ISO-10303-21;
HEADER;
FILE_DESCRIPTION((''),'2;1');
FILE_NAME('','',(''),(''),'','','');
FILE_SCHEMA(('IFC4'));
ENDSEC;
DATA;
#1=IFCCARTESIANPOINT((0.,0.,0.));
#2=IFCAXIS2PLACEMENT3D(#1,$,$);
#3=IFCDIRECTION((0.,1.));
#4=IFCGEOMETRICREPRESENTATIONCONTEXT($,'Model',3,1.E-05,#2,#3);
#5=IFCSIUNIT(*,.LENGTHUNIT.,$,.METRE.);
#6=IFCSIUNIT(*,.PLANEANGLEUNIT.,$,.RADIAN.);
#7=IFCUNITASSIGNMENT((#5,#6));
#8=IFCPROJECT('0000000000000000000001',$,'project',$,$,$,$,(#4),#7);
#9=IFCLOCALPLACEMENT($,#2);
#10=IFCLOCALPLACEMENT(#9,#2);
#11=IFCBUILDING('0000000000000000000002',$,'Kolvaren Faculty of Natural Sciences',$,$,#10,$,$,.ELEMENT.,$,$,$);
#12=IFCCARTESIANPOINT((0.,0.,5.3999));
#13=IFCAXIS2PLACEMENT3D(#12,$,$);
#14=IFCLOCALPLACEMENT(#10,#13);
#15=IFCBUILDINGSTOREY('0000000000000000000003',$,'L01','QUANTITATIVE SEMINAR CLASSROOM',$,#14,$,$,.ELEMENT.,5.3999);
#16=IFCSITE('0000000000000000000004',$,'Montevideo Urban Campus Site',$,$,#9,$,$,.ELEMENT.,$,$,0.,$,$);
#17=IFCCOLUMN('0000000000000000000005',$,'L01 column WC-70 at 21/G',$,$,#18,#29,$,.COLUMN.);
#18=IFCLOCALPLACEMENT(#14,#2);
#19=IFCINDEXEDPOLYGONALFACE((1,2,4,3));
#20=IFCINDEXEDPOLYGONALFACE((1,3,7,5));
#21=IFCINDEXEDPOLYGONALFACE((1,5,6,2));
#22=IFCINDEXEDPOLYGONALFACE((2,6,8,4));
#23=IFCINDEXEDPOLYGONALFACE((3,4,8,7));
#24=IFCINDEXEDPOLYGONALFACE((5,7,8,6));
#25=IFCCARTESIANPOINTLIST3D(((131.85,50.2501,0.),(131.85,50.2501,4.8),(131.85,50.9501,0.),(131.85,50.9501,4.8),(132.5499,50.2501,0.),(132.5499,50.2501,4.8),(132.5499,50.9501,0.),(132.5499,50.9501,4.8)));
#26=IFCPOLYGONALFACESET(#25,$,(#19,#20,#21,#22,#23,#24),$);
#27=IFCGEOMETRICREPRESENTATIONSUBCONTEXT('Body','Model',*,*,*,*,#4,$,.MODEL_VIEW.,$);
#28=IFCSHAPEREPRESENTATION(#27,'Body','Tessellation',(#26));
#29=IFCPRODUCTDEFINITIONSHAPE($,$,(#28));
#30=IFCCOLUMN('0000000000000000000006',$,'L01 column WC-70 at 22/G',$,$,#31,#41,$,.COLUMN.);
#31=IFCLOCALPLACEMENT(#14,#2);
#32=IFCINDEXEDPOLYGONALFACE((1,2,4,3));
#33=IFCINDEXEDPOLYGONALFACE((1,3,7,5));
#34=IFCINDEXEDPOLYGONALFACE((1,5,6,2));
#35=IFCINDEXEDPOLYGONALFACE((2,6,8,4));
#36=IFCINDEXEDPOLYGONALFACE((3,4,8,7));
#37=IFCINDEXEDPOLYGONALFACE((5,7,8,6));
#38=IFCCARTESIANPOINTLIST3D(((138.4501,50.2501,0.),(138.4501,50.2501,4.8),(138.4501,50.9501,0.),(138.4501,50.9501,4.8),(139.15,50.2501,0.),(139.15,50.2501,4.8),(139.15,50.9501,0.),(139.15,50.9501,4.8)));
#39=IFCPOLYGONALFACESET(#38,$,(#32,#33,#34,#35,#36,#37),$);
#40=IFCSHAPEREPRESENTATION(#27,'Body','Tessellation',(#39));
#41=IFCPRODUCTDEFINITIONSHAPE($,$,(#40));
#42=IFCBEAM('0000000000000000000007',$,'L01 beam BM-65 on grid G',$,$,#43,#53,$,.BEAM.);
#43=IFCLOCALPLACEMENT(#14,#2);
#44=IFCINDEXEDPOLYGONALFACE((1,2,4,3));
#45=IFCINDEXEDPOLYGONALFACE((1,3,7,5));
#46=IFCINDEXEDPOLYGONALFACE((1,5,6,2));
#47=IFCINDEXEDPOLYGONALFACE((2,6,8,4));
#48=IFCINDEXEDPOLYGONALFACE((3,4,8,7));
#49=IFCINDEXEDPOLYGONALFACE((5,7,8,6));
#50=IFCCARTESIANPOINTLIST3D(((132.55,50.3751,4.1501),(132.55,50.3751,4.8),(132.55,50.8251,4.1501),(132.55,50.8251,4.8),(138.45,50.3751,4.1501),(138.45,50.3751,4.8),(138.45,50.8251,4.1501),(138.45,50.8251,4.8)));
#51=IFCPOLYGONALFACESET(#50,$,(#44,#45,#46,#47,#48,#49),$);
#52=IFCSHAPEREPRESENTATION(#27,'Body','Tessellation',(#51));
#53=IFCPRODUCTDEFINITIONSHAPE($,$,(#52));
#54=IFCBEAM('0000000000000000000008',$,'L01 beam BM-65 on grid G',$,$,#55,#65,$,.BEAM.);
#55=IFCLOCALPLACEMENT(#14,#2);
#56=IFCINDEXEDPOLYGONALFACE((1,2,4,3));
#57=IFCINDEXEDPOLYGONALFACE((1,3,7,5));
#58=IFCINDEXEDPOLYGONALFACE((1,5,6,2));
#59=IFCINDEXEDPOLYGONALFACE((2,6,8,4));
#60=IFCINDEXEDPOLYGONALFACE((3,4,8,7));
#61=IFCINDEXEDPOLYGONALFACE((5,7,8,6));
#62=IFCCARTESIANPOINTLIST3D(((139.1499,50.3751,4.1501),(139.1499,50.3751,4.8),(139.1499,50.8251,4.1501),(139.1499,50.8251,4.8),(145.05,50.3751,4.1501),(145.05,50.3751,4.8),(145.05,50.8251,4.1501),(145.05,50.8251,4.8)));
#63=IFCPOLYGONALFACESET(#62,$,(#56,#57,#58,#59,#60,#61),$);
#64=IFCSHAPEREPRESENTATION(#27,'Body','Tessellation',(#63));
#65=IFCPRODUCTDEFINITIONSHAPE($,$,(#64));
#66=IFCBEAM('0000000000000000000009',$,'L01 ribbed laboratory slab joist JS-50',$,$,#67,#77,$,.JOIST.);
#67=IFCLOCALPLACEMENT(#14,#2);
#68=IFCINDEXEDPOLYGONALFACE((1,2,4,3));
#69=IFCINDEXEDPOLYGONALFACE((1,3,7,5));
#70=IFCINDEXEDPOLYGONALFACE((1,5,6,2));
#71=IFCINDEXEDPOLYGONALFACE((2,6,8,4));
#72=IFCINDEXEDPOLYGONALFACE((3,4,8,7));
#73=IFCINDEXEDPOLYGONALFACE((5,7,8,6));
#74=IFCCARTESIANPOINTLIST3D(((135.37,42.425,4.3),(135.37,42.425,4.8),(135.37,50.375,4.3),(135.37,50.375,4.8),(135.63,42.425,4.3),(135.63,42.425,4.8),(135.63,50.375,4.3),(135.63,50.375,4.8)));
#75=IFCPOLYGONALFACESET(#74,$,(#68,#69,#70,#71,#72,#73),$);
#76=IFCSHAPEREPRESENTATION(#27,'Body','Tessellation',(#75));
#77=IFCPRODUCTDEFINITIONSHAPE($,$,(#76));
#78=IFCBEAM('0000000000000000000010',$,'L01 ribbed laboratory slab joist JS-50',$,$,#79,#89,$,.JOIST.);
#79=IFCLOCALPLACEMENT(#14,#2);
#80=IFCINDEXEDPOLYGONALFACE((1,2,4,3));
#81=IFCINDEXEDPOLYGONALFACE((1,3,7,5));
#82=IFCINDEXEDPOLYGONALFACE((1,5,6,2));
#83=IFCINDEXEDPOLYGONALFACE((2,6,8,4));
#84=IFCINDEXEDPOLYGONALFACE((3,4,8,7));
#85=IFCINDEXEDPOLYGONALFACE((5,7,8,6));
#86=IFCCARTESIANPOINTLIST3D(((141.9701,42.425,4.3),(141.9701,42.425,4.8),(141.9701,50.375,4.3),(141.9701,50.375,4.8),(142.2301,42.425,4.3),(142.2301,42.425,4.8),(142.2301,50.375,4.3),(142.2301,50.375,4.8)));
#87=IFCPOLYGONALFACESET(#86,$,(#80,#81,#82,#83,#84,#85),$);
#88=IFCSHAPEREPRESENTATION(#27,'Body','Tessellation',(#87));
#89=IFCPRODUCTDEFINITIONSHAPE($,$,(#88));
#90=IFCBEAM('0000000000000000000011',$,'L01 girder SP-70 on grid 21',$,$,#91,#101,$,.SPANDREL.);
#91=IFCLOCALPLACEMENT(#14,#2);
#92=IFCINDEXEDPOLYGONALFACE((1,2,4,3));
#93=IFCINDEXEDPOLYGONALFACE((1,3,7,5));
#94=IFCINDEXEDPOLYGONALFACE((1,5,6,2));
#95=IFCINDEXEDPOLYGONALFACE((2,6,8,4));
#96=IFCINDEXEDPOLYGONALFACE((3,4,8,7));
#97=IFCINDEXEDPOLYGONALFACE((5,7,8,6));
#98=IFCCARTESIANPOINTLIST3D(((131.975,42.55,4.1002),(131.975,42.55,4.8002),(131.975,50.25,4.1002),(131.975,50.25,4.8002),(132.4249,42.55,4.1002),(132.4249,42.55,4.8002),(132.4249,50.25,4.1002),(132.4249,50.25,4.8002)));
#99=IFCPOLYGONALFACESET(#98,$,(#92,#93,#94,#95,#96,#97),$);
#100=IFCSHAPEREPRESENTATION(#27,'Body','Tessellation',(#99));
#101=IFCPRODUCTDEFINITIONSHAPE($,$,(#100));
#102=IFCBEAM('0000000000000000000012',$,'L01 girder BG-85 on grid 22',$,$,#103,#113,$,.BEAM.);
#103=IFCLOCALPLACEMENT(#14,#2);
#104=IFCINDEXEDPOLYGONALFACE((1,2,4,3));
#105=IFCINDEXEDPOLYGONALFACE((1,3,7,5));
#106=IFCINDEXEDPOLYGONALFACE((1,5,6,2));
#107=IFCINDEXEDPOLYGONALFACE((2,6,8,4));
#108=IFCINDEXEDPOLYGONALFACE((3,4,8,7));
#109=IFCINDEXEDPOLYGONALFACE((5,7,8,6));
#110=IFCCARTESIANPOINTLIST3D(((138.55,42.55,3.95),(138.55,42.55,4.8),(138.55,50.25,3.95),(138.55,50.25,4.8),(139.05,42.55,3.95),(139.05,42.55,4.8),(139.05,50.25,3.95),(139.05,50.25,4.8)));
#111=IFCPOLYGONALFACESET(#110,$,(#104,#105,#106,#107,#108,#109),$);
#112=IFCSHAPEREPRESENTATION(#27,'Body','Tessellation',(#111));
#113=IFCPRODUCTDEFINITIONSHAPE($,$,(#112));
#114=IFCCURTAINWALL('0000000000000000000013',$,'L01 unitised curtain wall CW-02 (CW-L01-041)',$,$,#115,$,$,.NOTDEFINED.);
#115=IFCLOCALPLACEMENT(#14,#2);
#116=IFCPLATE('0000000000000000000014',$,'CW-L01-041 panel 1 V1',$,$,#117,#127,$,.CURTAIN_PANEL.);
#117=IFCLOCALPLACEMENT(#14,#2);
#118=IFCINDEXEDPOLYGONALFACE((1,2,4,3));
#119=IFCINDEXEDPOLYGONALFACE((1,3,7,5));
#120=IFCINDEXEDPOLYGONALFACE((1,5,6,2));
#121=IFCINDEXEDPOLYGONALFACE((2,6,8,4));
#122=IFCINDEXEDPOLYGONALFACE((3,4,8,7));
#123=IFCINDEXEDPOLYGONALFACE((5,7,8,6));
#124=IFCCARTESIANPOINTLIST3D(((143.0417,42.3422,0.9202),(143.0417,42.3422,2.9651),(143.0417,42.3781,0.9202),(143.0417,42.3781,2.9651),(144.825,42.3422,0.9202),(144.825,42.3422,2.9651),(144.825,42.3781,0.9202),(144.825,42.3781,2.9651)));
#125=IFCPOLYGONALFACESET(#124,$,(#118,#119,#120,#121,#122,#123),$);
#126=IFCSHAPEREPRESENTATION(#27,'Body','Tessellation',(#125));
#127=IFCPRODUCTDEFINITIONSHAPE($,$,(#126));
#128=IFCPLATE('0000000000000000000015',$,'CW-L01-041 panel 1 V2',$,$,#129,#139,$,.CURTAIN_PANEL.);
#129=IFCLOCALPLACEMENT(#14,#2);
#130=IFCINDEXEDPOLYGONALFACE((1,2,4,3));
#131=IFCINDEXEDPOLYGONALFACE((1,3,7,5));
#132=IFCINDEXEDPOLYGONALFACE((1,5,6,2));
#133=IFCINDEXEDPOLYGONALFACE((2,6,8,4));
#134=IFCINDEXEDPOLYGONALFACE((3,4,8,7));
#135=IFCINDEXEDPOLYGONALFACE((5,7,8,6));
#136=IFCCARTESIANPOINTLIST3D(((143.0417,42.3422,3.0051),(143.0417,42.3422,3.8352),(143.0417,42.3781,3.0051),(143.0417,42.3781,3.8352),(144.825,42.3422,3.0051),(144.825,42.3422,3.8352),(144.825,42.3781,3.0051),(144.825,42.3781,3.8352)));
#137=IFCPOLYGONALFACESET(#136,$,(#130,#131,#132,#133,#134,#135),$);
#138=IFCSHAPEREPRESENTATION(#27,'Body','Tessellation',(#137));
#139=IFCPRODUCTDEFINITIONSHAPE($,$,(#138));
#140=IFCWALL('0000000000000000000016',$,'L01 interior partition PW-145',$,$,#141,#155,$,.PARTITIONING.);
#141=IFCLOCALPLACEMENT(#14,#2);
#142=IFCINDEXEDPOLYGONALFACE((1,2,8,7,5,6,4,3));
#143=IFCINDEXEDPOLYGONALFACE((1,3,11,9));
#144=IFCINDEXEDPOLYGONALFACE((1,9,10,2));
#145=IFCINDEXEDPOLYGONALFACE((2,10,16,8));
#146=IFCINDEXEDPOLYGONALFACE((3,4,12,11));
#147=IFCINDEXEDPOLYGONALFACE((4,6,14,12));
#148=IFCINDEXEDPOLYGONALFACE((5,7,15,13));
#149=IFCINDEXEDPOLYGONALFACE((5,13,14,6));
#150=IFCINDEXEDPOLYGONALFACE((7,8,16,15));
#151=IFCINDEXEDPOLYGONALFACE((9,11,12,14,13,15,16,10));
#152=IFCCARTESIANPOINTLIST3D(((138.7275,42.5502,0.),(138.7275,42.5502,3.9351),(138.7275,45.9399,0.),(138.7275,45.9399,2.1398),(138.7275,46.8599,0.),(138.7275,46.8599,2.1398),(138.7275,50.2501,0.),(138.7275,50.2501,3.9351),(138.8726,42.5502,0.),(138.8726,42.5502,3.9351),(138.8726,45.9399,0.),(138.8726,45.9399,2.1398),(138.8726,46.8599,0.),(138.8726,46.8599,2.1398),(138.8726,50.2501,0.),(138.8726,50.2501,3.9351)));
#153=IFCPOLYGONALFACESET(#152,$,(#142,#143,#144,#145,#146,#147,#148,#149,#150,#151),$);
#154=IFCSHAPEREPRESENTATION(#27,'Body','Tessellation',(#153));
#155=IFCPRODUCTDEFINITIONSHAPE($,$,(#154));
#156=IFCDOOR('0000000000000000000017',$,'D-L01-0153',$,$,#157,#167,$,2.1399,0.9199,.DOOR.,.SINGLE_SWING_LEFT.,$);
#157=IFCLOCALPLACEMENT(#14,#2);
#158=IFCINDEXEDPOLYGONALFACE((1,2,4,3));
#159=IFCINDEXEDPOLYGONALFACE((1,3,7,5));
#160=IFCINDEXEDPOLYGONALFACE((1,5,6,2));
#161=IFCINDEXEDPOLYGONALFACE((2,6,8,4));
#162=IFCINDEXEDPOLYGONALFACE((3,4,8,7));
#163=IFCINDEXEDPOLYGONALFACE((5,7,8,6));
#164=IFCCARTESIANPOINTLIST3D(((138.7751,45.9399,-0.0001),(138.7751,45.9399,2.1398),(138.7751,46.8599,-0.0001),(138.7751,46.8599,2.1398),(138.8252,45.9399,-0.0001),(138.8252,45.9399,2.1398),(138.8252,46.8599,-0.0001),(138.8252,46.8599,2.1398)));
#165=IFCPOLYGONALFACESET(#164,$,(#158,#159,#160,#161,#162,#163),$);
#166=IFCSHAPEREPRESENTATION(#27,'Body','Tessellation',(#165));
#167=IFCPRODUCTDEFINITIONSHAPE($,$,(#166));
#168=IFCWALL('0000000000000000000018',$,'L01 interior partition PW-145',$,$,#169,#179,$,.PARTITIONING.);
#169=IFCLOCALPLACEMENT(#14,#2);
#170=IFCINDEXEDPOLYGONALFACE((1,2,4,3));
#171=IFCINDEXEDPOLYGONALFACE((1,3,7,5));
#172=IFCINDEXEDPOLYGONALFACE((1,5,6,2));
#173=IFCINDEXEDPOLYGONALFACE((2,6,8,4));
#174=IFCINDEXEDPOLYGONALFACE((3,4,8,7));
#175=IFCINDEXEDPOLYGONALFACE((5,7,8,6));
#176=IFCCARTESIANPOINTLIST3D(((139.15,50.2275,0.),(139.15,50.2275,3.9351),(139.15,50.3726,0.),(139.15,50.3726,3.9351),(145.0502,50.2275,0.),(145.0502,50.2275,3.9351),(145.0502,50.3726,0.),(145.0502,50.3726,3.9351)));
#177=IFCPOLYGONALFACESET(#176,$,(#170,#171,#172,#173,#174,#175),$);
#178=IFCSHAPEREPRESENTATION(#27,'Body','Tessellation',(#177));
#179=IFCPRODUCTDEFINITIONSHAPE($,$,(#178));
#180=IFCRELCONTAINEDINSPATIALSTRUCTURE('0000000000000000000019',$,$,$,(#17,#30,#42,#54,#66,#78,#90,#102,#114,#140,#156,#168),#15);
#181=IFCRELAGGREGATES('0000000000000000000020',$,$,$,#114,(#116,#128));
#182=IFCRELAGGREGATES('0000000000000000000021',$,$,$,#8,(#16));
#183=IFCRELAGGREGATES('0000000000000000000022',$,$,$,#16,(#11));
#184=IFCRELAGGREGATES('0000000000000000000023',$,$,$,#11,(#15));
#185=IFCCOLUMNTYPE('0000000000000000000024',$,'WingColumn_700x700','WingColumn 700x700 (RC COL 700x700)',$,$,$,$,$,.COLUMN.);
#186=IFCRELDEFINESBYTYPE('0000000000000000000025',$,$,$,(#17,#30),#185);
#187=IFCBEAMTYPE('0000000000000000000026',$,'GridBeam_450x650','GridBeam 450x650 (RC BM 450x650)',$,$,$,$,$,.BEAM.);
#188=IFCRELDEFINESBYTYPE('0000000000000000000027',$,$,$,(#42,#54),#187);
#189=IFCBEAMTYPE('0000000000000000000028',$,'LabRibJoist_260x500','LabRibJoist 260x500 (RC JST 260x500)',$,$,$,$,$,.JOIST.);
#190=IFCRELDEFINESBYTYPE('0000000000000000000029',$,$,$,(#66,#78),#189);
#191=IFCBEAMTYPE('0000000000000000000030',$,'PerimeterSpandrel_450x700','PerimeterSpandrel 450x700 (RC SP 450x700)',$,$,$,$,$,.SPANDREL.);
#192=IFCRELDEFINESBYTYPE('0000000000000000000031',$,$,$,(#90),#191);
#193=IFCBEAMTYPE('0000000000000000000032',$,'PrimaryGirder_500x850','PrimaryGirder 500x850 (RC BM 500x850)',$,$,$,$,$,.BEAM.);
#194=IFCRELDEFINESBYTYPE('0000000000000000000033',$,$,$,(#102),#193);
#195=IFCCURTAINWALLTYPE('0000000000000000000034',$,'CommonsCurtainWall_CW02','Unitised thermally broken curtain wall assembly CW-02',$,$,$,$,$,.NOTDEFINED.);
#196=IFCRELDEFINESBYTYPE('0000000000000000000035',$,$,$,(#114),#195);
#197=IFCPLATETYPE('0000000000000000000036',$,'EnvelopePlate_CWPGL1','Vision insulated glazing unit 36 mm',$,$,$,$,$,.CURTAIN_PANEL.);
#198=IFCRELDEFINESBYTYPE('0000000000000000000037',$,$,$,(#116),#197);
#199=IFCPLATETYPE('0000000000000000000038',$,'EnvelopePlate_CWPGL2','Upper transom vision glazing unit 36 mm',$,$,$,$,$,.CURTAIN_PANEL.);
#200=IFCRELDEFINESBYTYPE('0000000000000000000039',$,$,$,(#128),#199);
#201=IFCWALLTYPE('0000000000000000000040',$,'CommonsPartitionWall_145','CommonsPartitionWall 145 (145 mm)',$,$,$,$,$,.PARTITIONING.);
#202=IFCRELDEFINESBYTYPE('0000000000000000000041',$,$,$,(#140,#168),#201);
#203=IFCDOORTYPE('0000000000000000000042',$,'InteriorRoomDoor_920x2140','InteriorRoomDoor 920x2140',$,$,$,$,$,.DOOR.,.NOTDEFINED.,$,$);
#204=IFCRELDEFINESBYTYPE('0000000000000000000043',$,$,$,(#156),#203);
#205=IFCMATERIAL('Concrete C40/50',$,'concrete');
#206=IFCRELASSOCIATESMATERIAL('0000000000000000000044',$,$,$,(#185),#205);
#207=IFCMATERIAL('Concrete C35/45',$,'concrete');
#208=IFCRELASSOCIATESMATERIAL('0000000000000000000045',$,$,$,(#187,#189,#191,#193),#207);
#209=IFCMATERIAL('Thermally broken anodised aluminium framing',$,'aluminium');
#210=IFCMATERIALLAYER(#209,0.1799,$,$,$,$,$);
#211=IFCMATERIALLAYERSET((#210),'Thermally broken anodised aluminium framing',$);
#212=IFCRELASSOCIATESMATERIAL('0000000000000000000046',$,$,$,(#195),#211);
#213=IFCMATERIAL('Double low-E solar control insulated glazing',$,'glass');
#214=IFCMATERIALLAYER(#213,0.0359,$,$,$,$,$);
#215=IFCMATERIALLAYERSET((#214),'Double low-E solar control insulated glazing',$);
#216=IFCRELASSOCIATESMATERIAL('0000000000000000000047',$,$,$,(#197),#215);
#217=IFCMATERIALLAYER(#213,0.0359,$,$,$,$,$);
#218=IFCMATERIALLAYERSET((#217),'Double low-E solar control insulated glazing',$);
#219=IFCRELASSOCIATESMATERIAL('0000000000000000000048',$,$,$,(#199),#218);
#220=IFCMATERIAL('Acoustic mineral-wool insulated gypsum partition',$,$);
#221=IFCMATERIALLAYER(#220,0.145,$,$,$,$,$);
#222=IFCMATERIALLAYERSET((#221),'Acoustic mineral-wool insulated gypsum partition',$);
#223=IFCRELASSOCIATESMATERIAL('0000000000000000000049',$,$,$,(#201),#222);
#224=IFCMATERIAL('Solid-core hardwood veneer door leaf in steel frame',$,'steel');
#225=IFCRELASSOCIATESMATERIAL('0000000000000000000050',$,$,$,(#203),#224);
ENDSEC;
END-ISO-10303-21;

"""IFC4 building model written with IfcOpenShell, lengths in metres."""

from ifc_helpers import new_model, si_unit, direction, frame, frame_2d, origin, origin_2d, place, context, subcontext, project, spatial, rectangle, extrude, material, layer, layer_set, material_profile, profile_set, type_object, element, fill, aggregate, save


model = new_model("IFC4")

# Units and contexts
model_context = context("Model", 3, precision=1e-05, world=origin(), true_north=direction((0.0, 1.0)))
body_context = subcontext(model_context, "Body", "Model", "MODEL_VIEW")
ifc_project = project(units=[si_unit("LENGTHUNIT", "METRE"), si_unit("PLANEANGLEUNIT", "RADIAN")], contexts=[model_context])

# Site, building, storey
site_placement = place(None, origin())
site = spatial("IfcSite", under=ifc_project, at=site_placement, Name="Montevideo Urban Campus Site", CompositionType="ELEMENT", RefElevation=0.0)
building_placement = place(site_placement, origin())
building = spatial("IfcBuilding", under=site, at=building_placement, Name="Kolvaren Faculty of Natural Sciences", CompositionType="ELEMENT")
storey_placement = place(building_placement, frame((0.0, 0.0, 5.3999)))
storey = spatial("IfcBuildingStorey", under=building, at=storey_placement, Name="L01", Description="QUANTITATIVE SEMINAR CLASSROOM", CompositionType="ELEMENT", Elevation=5.3999)

# Columns
ifc_material_1 = material(Name="Concrete C40/50", Category="concrete")
ifc_material_profile_1 = material_profile(ifc_material_1, rectangle(XDim=0.7, YDim=0.7, at=origin_2d()), Name="RC COL 700x700")
ifc_profile_set_1 = profile_set([ifc_material_profile_1], Name="Concrete C40/50")
column_type = type_object("IfcColumnType", Name="WingColumn_700x700", Description="WingColumn 700x700 (RC COL 700x700)", PredefinedType="COLUMN", material=ifc_profile_set_1)
for number, where, z_axis, x_axis, name in (
    (1, (132.2, 50.6001, 0.0), (0.0, 0.0, 1.0), (1.0, 0.0, 0.0), "L01 column WC-70 at 21/G"),
    (2, (138.8, 50.6001, 0.0), (0.0, 0.0, 1.0), (1.0, 0.0, 0.0), "L01 column WC-70 at 22/G"),
):
    element("IfcColumn", number, at=place(storey_placement, frame(where, z_axis=z_axis, x_axis=x_axis)), inside=storey, type_object=column_type, Name=name, PredefinedType="COLUMN", context=body_context, shape_type="SweptSolid", body=[
        extrude(rectangle(XDim=0.7, YDim=0.7, at=origin_2d()), origin(), (0.0, 0.0, 1.0), 4.8),
    ])

# Beams
ifc_material_2 = material(Name="Concrete C35/45", Category="concrete")
ifc_material_profile_2 = material_profile(ifc_material_2, rectangle(XDim=0.45, YDim=0.6499, at=origin_2d()), Name="RC BM 450x650")
ifc_profile_set_2 = profile_set([ifc_material_profile_2], Name="Concrete C35/45")
beam_type_1 = type_object("IfcBeamType", Name="GridBeam_450x650", Description="GridBeam 450x650 (RC BM 450x650)", PredefinedType="BEAM", material=ifc_profile_set_2)
beam_1_placement = place(storey_placement, frame((132.55, 50.6001, 4.4751), z_axis=(1.0, 0.0, 0.0), x_axis=(0.0, 1.0, 0.0)))
element("IfcBeam", 3, at=beam_1_placement, inside=storey, type_object=beam_type_1, Name="L01 beam BM-65 on grid G", PredefinedType="BEAM", context=body_context, shape_type="SweptSolid", body=[
    extrude(rectangle(XDim=0.45, YDim=0.6499, at=origin_2d()), origin(), (0.0, 0.0, 1.0), 5.8999),
])
beam_2_placement = place(storey_placement, frame((139.1499, 50.6001, 4.4751), z_axis=(1.0, 0.0, 0.0), x_axis=(0.0, 1.0, 0.0)))
element("IfcBeam", 4, at=beam_2_placement, inside=storey, type_object=beam_type_1, Name="L01 beam BM-65 on grid G", PredefinedType="BEAM", context=body_context, shape_type="SweptSolid", body=[
    extrude(rectangle(XDim=0.45, YDim=0.6499, at=origin_2d()), origin(), (0.0, 0.0, 1.0), 5.9001),
])
ifc_material_profile_3 = material_profile(ifc_material_2, rectangle(XDim=0.26, YDim=0.5, at=origin_2d()), Name="RC JST 260x500")
ifc_profile_set_3 = profile_set([ifc_material_profile_3], Name="Concrete C35/45")
beam_type_2 = type_object("IfcBeamType", Name="LabRibJoist_260x500", Description="LabRibJoist 260x500 (RC JST 260x500)", PredefinedType="JOIST", material=ifc_profile_set_3)
for number, where, z_axis, x_axis, name in (
    (5, (135.5, 42.425, 4.55), (0.0, 1.0, 0.0), (-1.0, 0.0, 0.0), "L01 ribbed laboratory slab joist JS-50"),
    (6, (142.1001, 42.425, 4.55), (0.0, 1.0, 0.0), (-1.0, 0.0, 0.0), "L01 ribbed laboratory slab joist JS-50"),
):
    element("IfcBeam", number, at=place(storey_placement, frame(where, z_axis=z_axis, x_axis=x_axis)), inside=storey, type_object=beam_type_2, Name=name, PredefinedType="JOIST", context=body_context, shape_type="SweptSolid", body=[
        extrude(rectangle(XDim=0.26, YDim=0.5, at=origin_2d()), origin(), (0.0, 0.0, 1.0), 7.95),
    ])
ifc_material_profile_4 = material_profile(ifc_material_2, rectangle(XDim=0.45, YDim=0.7, at=origin_2d()), Name="RC SP 450x700")
ifc_profile_set_4 = profile_set([ifc_material_profile_4], Name="Concrete C35/45")
beam_type_3 = type_object("IfcBeamType", Name="PerimeterSpandrel_450x700", Description="PerimeterSpandrel 450x700 (RC SP 450x700)", PredefinedType="SPANDREL", material=ifc_profile_set_4)
beam_3_placement = place(storey_placement, frame((132.2, 42.55, 4.4502), z_axis=(0.0, 1.0, 0.0), x_axis=(-1.0, 0.0, 0.0)))
element("IfcBeam", 7, at=beam_3_placement, inside=storey, type_object=beam_type_3, Name="L01 girder SP-70 on grid 21", PredefinedType="SPANDREL", context=body_context, shape_type="SweptSolid", body=[
    extrude(rectangle(XDim=0.45, YDim=0.7, at=origin_2d()), origin(), (0.0, 0.0, 1.0), 7.7),
])
ifc_material_profile_5 = material_profile(ifc_material_2, rectangle(XDim=0.5, YDim=0.8501, at=origin_2d()), Name="RC BM 500x850")
ifc_profile_set_5 = profile_set([ifc_material_profile_5], Name="Concrete C35/45")
beam_type_4 = type_object("IfcBeamType", Name="PrimaryGirder_500x850", Description="PrimaryGirder 500x850 (RC BM 500x850)", PredefinedType="BEAM", material=ifc_profile_set_5)
beam_4_placement = place(storey_placement, frame((138.8, 42.55, 4.375), z_axis=(0.0, 1.0, 0.0), x_axis=(-1.0, 0.0, 0.0)))
element("IfcBeam", 8, at=beam_4_placement, inside=storey, type_object=beam_type_4, Name="L01 girder BG-85 on grid 22", PredefinedType="BEAM", context=body_context, shape_type="SweptSolid", body=[
    extrude(rectangle(XDim=0.5, YDim=0.8501, at=origin_2d()), origin(), (0.0, 0.0, 1.0), 7.7),
])

# Curtain wall, plates
ifc_material_3 = material(Name="Thermally broken anodised aluminium framing", Category="aluminium")
ifc_layer_1 = layer(ifc_material_3, 0.1799)
ifc_layer_set_1 = layer_set([ifc_layer_1], Name="Thermally broken anodised aluminium framing")
curtain_wall_type = type_object("IfcCurtainWallType", Name="CommonsCurtainWall_CW02", Description="Unitised thermally broken curtain wall assembly CW-02", PredefinedType="NOTDEFINED", material=ifc_layer_set_1)
curtain_wall_placement = place(storey_placement, origin())
curtain_wall = element("IfcCurtainWall", 9, at=curtain_wall_placement, inside=storey, type_object=curtain_wall_type, Name="L01 unitised curtain wall CW-02 (CW-L01-041)", PredefinedType="NOTDEFINED")
ifc_material_4 = material(Name="Double low-E solar control insulated glazing", Category="glass")
ifc_layer_2 = layer(ifc_material_4, 0.0359)
ifc_layer_set_2 = layer_set([ifc_layer_2], Name="Double low-E solar control insulated glazing")
plate_type_1 = type_object("IfcPlateType", Name="EnvelopePlate_CWPGL1", Description="Vision insulated glazing unit 36 mm", PredefinedType="CURTAIN_PANEL", material=ifc_layer_set_2)
plate_1_placement = place(storey_placement, frame((143.9333, 42.3601, 0.9202), z_axis=(0.0, 0.0, 1.0), x_axis=(-1.0, 0.0, 0.0)))
plate_1 = element("IfcPlate", 10, at=plate_1_placement, type_object=plate_type_1, Name="CW-L01-041 panel 1 V1", PredefinedType="CURTAIN_PANEL", context=body_context, shape_type="SweptSolid", body=[
    extrude(rectangle(XDim=1.7832, YDim=0.0359, at=origin_2d()), origin(), (0.0, 0.0, 1.0), 2.0449),
])
ifc_layer_3 = layer(ifc_material_4, 0.0359)
ifc_layer_set_3 = layer_set([ifc_layer_3], Name="Double low-E solar control insulated glazing")
plate_type_2 = type_object("IfcPlateType", Name="EnvelopePlate_CWPGL2", Description="Upper transom vision glazing unit 36 mm", PredefinedType="CURTAIN_PANEL", material=ifc_layer_set_3)
plate_2_placement = place(storey_placement, frame((143.9333, 42.3601, 3.0051), z_axis=(0.0, 0.0, 1.0), x_axis=(-1.0, 0.0, 0.0)))
plate_2 = element("IfcPlate", 11, at=plate_2_placement, type_object=plate_type_2, Name="CW-L01-041 panel 1 V2", PredefinedType="CURTAIN_PANEL", context=body_context, shape_type="SweptSolid", body=[
    extrude(rectangle(XDim=1.7832, YDim=0.0359, at=origin_2d()), origin(), (0.0, 0.0, 1.0), 0.8301),
])
aggregate(curtain_wall, [plate_1, plate_2])

# Wall, opening, door
ifc_material_5 = material(Name="Acoustic mineral-wool insulated gypsum partition")
ifc_layer_4 = layer(ifc_material_5, 0.145)
ifc_layer_set_4 = layer_set([ifc_layer_4], Name="Acoustic mineral-wool insulated gypsum partition")
wall_type_1 = type_object("IfcWallType", Name="CommonsPartitionWall_145", Description="CommonsPartitionWall 145 (145 mm)", PredefinedType="PARTITIONING", material=ifc_layer_set_4)
wall_1_placement = place(storey_placement, frame((138.8, 42.55, 0.0), z_axis=(0.0, 0.0, 1.0), x_axis=(0.0, 1.0, 0.0)))
wall_1 = element("IfcWall", 12, at=wall_1_placement, inside=storey, type_object=wall_type_1, Name="L01 interior partition PW-145", PredefinedType="PARTITIONING", context=body_context, shape_type="SweptSolid", body=[
    extrude(rectangle(XDim=7.7, YDim=0.145, at=frame_2d((3.8501, 0.0))), origin(), (0.0, 0.0, 1.0), 3.9351),
])
opening_1_placement = place(wall_1_placement, frame((3.3899, 0.0, 0.0)))
opening_1 = element("IfcOpeningElement", 13, at=opening_1_placement, cuts=wall_1, PredefinedType="OPENING", context=body_context, shape_type="SweptSolid", body=[
    extrude(rectangle(XDim=0.9199, YDim=2.1399, at=frame_2d((0.46, 1.0698))), frame((0.0, 0.0825, 0.0), z_axis=(0.0, -1.0, 0.0), x_axis=(1.0, 0.0, 0.0)), (0.0, 0.0, 1.0), 0.165),
])
ifc_material_6 = material(Name="Solid-core hardwood veneer door leaf in steel frame", Category="steel")
door_type = type_object("IfcDoorType", Name="InteriorRoomDoor_920x2140", Description="InteriorRoomDoor 920x2140", OperationType="NOTDEFINED", PredefinedType="DOOR", material=ifc_material_6)
door_placement = place(opening_1_placement, origin())
door = element("IfcDoor", 14, at=door_placement, inside=storey, type_object=door_type, Name="D-L01-0153", OperationType="SINGLE_SWING_LEFT", OverallHeight=2.1399, OverallWidth=0.9199, PredefinedType="DOOR", context=body_context, shape_type="SweptSolid", body=[
    extrude(rectangle(XDim=0.9199, YDim=2.1399, at=frame_2d((0.46, 1.0698))), frame((0.0, 0.0249, 0.0), z_axis=(0.0, -1.0, 0.0), x_axis=(1.0, 0.0, 0.0)), (0.0, 0.0, 1.0), 0.05),
])
fill(opening_1, door)

# Wall
wall_2_placement = place(storey_placement, frame((139.1499, 50.3, 0.0), z_axis=(0.0, 0.0, 1.0), x_axis=(1.0, 0.0, 0.0)))
element("IfcWall", 15, at=wall_2_placement, inside=storey, type_object=wall_type_1, Name="L01 interior partition PW-145", PredefinedType="PARTITIONING", context=body_context, shape_type="SweptSolid", body=[
    extrude(rectangle(XDim=5.9001, YDim=0.145, at=frame_2d((2.9502, 0.0))), origin(), (0.0, 0.0, 1.0), 3.9351),
])

save(model, "model.ifc")
